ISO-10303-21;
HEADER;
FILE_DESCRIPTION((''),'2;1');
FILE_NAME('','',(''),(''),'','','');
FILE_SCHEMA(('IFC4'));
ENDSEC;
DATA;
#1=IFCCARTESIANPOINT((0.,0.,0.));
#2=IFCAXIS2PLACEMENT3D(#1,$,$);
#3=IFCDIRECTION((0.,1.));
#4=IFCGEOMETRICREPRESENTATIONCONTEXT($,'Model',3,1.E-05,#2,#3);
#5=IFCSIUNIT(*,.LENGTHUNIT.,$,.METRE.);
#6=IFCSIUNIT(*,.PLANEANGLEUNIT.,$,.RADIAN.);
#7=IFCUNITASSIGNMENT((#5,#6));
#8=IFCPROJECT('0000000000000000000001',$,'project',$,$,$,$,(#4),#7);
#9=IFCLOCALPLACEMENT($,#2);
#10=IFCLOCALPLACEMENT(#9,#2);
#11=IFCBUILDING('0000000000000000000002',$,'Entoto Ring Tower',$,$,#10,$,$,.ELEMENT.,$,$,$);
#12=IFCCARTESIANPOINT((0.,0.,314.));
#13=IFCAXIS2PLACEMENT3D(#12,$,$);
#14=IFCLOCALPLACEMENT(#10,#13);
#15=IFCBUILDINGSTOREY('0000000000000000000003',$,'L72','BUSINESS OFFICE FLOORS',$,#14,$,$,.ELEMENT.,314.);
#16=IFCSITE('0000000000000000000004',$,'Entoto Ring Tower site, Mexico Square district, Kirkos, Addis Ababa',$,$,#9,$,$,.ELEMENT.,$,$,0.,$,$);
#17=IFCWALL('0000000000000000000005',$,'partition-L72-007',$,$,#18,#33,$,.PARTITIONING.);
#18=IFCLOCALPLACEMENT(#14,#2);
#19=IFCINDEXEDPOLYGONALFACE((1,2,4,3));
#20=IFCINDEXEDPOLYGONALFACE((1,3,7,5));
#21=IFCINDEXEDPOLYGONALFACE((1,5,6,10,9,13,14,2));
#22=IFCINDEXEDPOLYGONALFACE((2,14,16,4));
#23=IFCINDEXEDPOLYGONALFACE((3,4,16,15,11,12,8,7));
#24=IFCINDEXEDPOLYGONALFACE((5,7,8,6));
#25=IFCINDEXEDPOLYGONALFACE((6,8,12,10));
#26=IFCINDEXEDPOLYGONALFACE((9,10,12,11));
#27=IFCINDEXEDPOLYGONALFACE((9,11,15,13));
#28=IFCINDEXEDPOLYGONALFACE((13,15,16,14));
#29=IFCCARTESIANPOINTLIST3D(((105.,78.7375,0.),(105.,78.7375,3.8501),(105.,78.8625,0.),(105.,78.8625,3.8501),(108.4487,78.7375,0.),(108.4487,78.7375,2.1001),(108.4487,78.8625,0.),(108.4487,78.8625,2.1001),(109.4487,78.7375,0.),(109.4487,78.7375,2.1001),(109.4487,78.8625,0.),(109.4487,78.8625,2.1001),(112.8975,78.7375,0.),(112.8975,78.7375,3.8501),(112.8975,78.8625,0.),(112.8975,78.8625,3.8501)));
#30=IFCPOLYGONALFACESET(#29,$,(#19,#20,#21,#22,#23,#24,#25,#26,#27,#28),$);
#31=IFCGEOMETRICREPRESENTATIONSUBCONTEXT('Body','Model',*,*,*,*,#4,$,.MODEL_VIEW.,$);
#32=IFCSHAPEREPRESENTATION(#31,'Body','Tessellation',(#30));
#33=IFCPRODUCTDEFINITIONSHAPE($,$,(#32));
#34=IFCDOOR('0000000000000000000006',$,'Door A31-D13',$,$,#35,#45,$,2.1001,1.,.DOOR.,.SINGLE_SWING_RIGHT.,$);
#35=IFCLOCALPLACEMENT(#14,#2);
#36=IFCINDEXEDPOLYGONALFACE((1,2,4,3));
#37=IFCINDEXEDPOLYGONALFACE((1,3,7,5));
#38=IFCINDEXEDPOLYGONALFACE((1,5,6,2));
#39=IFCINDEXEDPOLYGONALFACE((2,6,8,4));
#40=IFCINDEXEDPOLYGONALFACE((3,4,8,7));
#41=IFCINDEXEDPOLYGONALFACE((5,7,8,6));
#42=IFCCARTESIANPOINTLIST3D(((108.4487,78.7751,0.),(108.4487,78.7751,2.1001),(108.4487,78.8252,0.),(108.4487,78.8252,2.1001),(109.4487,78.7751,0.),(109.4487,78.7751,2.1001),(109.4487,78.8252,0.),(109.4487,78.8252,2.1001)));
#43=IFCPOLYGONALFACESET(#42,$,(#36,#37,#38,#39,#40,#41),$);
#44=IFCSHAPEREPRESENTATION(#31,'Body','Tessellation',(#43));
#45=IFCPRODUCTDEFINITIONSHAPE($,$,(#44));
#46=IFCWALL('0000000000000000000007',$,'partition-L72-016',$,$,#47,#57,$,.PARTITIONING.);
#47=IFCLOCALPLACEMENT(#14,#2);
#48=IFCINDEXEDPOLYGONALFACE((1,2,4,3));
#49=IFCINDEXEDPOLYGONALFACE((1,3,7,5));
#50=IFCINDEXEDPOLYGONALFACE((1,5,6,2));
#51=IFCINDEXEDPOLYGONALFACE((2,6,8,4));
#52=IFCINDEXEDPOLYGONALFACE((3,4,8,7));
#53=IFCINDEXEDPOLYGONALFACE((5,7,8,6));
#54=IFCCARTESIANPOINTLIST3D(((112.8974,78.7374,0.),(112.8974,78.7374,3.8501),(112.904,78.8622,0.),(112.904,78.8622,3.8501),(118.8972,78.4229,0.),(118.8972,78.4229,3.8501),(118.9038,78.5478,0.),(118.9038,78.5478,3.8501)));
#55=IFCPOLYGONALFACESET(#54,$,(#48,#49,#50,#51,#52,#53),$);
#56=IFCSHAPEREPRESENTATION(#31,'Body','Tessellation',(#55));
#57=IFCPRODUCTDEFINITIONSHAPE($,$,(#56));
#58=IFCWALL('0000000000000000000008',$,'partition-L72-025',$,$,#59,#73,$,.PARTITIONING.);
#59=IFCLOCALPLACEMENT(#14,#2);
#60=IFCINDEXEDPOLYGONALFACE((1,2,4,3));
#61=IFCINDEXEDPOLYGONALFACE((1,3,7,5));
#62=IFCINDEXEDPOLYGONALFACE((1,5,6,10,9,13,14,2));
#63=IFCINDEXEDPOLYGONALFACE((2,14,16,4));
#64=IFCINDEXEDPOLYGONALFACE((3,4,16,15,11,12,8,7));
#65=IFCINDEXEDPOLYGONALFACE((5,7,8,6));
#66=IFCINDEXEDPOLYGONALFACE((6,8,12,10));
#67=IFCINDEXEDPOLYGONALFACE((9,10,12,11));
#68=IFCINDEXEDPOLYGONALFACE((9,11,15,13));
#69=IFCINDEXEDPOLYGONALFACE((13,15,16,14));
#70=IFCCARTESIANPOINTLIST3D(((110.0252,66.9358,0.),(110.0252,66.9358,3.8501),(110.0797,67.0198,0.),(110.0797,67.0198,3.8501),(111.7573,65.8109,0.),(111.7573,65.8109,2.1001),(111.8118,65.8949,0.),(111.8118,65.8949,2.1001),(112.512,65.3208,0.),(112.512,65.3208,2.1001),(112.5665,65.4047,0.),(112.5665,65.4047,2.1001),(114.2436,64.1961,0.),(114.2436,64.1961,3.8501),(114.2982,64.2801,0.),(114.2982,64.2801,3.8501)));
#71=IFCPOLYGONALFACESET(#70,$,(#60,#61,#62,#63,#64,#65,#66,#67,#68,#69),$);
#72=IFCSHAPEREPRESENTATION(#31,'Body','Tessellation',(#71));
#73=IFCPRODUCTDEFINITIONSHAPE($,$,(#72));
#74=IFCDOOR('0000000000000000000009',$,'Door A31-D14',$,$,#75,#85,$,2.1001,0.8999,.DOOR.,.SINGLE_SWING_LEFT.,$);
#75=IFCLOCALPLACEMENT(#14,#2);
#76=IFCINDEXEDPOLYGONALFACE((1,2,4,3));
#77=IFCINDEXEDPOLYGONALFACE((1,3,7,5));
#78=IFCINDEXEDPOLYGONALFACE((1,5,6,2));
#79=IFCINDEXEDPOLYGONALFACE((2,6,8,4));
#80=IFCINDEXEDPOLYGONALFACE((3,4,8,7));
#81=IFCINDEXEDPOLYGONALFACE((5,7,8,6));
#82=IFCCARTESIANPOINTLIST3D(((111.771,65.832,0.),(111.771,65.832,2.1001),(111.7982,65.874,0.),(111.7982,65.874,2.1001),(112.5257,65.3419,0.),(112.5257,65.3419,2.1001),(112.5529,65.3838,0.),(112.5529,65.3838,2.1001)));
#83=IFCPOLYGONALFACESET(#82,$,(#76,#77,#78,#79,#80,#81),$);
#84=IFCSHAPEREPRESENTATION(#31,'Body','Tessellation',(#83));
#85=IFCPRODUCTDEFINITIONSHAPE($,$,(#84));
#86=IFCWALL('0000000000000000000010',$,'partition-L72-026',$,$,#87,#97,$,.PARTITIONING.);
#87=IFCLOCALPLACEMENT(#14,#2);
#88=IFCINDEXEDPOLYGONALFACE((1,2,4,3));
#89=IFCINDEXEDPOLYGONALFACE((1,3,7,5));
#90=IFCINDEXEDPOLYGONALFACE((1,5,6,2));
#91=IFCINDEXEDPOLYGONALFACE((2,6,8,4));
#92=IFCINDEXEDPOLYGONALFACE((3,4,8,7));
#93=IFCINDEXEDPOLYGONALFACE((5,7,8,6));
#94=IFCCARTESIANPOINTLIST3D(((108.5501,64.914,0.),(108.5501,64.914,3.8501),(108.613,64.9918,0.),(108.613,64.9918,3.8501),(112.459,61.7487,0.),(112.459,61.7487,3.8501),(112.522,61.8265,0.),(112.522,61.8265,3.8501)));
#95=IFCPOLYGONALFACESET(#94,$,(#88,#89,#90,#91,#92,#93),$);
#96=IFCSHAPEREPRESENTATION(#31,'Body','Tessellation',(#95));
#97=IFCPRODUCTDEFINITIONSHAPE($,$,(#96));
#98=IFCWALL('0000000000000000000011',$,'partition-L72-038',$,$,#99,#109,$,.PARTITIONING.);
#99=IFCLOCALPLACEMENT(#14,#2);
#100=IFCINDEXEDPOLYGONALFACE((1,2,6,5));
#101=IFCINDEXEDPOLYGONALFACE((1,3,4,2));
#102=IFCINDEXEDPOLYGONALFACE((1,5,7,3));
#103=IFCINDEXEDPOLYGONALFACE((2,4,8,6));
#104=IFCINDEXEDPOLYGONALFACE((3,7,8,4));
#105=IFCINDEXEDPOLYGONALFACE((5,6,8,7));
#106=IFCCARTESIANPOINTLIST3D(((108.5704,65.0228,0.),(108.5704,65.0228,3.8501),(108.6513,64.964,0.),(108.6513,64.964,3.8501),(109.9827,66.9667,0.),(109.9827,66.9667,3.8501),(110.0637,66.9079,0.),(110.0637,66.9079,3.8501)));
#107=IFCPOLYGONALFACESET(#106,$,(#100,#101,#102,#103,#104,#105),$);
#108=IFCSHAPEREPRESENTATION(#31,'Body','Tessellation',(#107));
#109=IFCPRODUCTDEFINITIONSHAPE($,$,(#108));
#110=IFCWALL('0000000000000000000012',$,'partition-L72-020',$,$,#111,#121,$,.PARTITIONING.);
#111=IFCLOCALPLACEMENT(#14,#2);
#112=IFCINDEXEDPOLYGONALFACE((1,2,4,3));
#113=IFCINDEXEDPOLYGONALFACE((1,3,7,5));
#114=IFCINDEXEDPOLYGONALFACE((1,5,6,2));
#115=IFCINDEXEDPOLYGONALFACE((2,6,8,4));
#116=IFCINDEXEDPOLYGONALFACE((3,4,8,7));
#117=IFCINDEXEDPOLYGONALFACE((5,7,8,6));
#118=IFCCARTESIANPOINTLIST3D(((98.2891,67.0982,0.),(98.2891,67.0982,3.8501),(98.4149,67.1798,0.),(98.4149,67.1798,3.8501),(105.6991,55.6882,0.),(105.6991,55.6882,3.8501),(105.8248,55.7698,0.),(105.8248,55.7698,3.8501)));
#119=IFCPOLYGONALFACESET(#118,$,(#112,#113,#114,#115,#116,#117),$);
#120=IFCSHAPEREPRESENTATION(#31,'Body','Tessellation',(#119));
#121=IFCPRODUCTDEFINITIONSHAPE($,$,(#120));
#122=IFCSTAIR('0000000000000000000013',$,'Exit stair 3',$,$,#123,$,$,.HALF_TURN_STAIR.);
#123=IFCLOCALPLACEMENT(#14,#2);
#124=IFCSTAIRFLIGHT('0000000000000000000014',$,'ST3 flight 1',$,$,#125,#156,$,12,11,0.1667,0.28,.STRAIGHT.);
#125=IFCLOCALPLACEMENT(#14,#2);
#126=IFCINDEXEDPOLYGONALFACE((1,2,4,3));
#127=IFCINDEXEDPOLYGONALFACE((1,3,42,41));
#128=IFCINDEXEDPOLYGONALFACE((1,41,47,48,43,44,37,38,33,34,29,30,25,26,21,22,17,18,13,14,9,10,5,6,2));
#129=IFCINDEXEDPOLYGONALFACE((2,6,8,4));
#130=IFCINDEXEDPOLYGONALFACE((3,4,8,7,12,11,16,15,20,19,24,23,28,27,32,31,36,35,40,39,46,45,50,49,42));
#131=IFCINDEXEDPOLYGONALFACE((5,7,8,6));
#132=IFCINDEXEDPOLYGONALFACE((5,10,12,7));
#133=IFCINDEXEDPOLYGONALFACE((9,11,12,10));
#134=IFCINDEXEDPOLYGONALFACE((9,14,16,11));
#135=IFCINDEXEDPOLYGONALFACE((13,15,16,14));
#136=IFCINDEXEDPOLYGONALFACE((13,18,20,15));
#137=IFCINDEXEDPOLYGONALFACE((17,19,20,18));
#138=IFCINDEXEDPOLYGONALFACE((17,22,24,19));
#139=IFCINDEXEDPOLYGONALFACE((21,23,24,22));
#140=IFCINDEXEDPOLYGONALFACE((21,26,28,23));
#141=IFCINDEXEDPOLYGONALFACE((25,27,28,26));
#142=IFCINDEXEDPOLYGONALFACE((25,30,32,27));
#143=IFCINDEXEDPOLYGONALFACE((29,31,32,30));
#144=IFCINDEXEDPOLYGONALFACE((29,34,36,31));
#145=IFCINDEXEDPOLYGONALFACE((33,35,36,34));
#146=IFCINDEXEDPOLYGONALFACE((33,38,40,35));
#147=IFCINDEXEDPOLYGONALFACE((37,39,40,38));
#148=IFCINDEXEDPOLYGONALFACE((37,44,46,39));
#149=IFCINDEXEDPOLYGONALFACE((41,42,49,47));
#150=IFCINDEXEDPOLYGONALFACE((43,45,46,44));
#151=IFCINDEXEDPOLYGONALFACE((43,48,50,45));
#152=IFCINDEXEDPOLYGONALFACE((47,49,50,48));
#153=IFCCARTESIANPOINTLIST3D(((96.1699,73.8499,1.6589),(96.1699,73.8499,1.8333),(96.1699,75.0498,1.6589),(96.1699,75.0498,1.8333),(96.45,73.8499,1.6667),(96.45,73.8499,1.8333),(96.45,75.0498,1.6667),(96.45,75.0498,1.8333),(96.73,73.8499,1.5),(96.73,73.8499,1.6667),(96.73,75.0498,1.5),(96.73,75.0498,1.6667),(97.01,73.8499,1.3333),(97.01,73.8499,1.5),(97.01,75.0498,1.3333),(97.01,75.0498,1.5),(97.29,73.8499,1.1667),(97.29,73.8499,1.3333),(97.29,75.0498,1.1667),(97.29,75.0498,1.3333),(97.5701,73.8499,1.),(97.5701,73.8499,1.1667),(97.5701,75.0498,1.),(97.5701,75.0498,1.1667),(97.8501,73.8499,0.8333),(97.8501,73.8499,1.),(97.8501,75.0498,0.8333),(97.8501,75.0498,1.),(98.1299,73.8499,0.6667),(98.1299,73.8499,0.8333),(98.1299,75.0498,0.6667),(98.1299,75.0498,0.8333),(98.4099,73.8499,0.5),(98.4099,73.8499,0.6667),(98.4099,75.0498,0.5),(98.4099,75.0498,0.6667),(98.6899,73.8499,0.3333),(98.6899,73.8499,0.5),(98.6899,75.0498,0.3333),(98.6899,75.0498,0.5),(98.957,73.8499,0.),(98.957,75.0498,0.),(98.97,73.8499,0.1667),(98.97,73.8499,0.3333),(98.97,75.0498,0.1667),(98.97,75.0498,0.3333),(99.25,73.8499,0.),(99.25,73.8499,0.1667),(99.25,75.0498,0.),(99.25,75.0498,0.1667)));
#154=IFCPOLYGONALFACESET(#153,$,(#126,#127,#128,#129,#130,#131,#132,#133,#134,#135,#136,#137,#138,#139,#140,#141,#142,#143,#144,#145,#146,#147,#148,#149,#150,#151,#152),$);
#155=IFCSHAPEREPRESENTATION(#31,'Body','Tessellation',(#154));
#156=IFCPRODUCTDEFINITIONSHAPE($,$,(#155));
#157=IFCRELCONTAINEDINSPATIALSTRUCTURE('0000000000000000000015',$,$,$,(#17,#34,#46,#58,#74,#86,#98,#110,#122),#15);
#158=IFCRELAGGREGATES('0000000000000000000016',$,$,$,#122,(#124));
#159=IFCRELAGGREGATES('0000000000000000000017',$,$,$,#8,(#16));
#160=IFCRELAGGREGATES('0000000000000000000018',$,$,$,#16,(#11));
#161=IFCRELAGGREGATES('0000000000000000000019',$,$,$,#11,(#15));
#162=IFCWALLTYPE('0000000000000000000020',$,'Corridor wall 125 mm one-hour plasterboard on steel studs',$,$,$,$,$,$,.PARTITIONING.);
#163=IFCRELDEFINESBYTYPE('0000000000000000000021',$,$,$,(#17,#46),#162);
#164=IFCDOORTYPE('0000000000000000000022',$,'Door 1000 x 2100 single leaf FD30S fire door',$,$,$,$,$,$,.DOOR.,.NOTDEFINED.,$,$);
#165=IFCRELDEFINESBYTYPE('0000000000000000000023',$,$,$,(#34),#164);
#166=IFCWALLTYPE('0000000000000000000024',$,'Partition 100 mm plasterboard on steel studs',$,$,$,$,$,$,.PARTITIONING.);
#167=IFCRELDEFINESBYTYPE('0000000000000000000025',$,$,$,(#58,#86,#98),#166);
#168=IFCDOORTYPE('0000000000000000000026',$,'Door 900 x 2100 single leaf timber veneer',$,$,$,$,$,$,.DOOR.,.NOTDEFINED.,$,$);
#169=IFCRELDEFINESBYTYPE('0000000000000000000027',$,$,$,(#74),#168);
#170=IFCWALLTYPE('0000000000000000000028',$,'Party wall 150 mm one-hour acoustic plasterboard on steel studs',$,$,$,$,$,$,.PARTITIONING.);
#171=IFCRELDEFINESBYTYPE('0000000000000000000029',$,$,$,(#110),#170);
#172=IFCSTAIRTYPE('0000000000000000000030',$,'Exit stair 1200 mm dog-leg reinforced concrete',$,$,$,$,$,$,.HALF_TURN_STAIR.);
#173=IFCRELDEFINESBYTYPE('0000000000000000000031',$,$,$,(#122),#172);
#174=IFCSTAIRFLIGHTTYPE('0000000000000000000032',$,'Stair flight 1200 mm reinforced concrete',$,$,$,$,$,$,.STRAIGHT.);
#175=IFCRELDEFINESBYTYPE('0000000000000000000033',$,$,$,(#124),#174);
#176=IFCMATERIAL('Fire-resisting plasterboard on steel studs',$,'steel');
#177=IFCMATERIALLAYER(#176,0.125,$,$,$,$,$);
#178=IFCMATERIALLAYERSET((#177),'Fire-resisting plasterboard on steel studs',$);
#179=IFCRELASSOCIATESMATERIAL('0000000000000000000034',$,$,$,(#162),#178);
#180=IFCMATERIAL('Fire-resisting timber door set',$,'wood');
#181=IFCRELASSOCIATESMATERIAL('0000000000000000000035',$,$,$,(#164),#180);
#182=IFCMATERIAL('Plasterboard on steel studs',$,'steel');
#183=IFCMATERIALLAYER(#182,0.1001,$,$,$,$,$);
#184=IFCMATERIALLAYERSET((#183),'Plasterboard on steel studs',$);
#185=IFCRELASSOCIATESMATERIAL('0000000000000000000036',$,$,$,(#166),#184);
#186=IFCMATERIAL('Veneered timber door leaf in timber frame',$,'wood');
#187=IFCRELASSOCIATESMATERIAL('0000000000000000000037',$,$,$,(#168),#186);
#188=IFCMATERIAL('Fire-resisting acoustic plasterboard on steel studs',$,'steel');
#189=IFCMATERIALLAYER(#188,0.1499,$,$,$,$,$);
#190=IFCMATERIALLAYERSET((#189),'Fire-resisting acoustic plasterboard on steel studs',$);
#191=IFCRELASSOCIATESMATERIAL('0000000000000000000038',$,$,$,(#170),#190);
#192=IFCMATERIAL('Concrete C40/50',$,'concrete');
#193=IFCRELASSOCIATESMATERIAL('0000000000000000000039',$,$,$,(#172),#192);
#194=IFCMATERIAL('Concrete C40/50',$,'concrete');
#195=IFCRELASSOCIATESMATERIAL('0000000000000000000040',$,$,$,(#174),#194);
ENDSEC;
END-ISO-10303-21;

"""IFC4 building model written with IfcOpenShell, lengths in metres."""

from ifc_helpers import new_model, si_unit, direction, frame, frame_2d, origin, place, context, subcontext, project, spatial, polyline, rectangle, outline, extrude, material, layer, layer_set, type_object, element, fill, aggregate, save


model = new_model("IFC4")

# Units and contexts
model_context = context("Model", 3, precision=1e-05, world=origin(), true_north=direction((0.0, 1.0)))
body_context = subcontext(model_context, "Body", "Model", "MODEL_VIEW")
ifc_project = project(units=[si_unit("LENGTHUNIT", "METRE"), si_unit("PLANEANGLEUNIT", "RADIAN")], contexts=[model_context])

# Site, building, storey
site_placement = place(None, origin())
site = spatial("IfcSite", under=ifc_project, at=site_placement, Name="Entoto Ring Tower site, Mexico Square district, Kirkos, Addis Ababa", CompositionType="ELEMENT", RefElevation=0.0)
building_placement = place(site_placement, origin())
building = spatial("IfcBuilding", under=site, at=building_placement, Name="Entoto Ring Tower", CompositionType="ELEMENT")
storey_placement = place(building_placement, frame((0.0, 0.0, 314.0)))
storey = spatial("IfcBuildingStorey", under=building, at=storey_placement, Name="L72", Description="BUSINESS OFFICE FLOORS", CompositionType="ELEMENT", Elevation=314.0)

# Wall, opening, door
ifc_material_1 = material(Name="Fire-resisting plasterboard on steel studs", Category="steel")
ifc_layer_1 = layer(ifc_material_1, 0.125)
ifc_layer_set_1 = layer_set([ifc_layer_1], Name="Fire-resisting plasterboard on steel studs")
wall_type_1 = type_object("IfcWallType", Name="Corridor wall 125 mm one-hour plasterboard on steel studs", PredefinedType="PARTITIONING", material=ifc_layer_set_1)
wall_1_placement = place(storey_placement, frame((105.0, 78.8, 0.0), z_axis=(0.0, 0.0, 1.0), x_axis=(1.0, 0.0, 0.0)))
wall_1 = element("IfcWall", 1, at=wall_1_placement, inside=storey, type_object=wall_type_1, Name="partition-L72-007", PredefinedType="PARTITIONING", context=body_context, shape_type="SweptSolid", body=[
    extrude(rectangle(XDim=7.8975, YDim=0.125, at=frame_2d((3.9487, 0.0))), origin(), (0.0, 0.0, 1.0), 3.8501),
])
opening_1_placement = place(wall_1_placement, frame((3.4487, 0.0, 0.0)))
opening_1 = element("IfcOpeningElement", 2, at=opening_1_placement, cuts=wall_1, PredefinedType="OPENING", context=body_context, shape_type="SweptSolid", body=[
    extrude(rectangle(XDim=1.0, YDim=2.1001, at=frame_2d((0.5, 1.05))), frame((0.0, 0.0725, 0.0), z_axis=(0.0, -1.0, 0.0), x_axis=(1.0, 0.0, 0.0)), (0.0, 0.0, 1.0), 0.145),
])
ifc_material_2 = material(Name="Fire-resisting timber door set", Category="wood")
door_type_1 = type_object("IfcDoorType", Name="Door 1000 x 2100 single leaf FD30S fire door", OperationType="NOTDEFINED", PredefinedType="DOOR", material=ifc_material_2)
door_1_placement = place(opening_1_placement, frame((1.0, 0.0, 0.0), z_axis=(0.0, 0.0, 1.0), x_axis=(-1.0, 0.0, 0.0)))
door_1 = element("IfcDoor", 3, at=door_1_placement, inside=storey, type_object=door_type_1, Name="Door A31-D13", OperationType="SINGLE_SWING_RIGHT", OverallHeight=2.1001, OverallWidth=1.0, PredefinedType="DOOR", context=body_context, shape_type="SweptSolid", body=[
    extrude(rectangle(XDim=1.0, YDim=2.1001, at=frame_2d((0.5, 1.05))), frame((0.0, 0.0249, 0.0), z_axis=(0.0, -1.0, 0.0), x_axis=(1.0, 0.0, 0.0)), (0.0, 0.0, 1.0), 0.05),
])
fill(opening_1, door_1)

# Wall
wall_2_placement = place(storey_placement, frame((118.9004, 78.4854, 0.0), z_axis=(0.0, 0.0, 1.0), x_axis=(-0.998629, 0.052339, 0.0)))
element("IfcWall", 4, at=wall_2_placement, inside=storey, type_object=wall_type_1, Name="partition-L72-016", PredefinedType="PARTITIONING", context=body_context, shape_type="SweptSolid", body=[
    extrude(rectangle(XDim=6.0081, YDim=0.125, at=frame_2d((3.0039, 0.0))), origin(), (0.0, 0.0, 1.0), 3.8501),
])

# Wall, opening, door
ifc_material_3 = material(Name="Plasterboard on steel studs", Category="steel")
ifc_layer_2 = layer(ifc_material_3, 0.1001)
ifc_layer_set_2 = layer_set([ifc_layer_2], Name="Plasterboard on steel studs")
wall_type_2 = type_object("IfcWallType", Name="Partition 100 mm plasterboard on steel studs", PredefinedType="PARTITIONING", material=ifc_layer_set_2)
wall_3_placement = place(storey_placement, frame((114.271, 64.238, 0.0), z_axis=(0.0, 0.0, 1.0), x_axis=(-0.838651, 0.544669, 0.0)))
wall_3 = element("IfcWall", 5, at=wall_3_placement, inside=storey, type_object=wall_type_2, Name="partition-L72-025", PredefinedType="PARTITIONING", context=body_context, shape_type="SweptSolid", body=[
    extrude(rectangle(XDim=5.03, YDim=0.1001, at=frame_2d((2.5151, 0.0))), origin(), (0.0, 0.0, 1.0), 3.8501),
])
opening_2_placement = place(wall_3_placement, frame((2.0649, 0.0, 0.0)))
opening_2 = element("IfcOpeningElement", 6, at=opening_2_placement, cuts=wall_3, PredefinedType="OPENING", context=body_context, shape_type="SweptSolid", body=[
    extrude(rectangle(XDim=0.8999, YDim=2.1001, at=frame_2d((0.45, 1.05))), frame((0.0, 0.0601, 0.0), z_axis=(0.0, -1.0, 0.0), x_axis=(1.0, 0.0, 0.0)), (0.0, 0.0, 1.0), 0.1201),
])
ifc_material_4 = material(Name="Veneered timber door leaf in timber frame", Category="wood")
door_type_2 = type_object("IfcDoorType", Name="Door 900 x 2100 single leaf timber veneer", OperationType="NOTDEFINED", PredefinedType="DOOR", material=ifc_material_4)
door_2_placement = place(opening_2_placement, origin())
door_2 = element("IfcDoor", 7, at=door_2_placement, inside=storey, type_object=door_type_2, Name="Door A31-D14", OperationType="SINGLE_SWING_LEFT", OverallHeight=2.1001, OverallWidth=0.8999, PredefinedType="DOOR", context=body_context, shape_type="SweptSolid", body=[
    extrude(rectangle(XDim=0.8999, YDim=2.1001, at=frame_2d((0.45, 1.05))), frame((0.0, 0.0249, 0.0), z_axis=(0.0, -1.0, 0.0), x_axis=(1.0, 0.0, 0.0)), (0.0, 0.0, 1.0), 0.05),
])
fill(opening_2, door_2)

# Walls
wall_4_placement = place(storey_placement, frame((112.4905, 61.7876, 0.0), z_axis=(0.0, 0.0, 1.0), x_axis=(-0.777157, 0.629307, 0.0)))
element("IfcWall", 8, at=wall_4_placement, inside=storey, type_object=wall_type_2, Name="partition-L72-026", PredefinedType="PARTITIONING", context=body_context, shape_type="SweptSolid", body=[
    extrude(rectangle(XDim=5.0298, YDim=0.1001, at=frame_2d((2.5149, 0.0))), origin(), (0.0, 0.0, 1.0), 3.8501),
])
wall_5_placement = place(storey_placement, frame((108.6108, 64.9934, 0.0), z_axis=(0.0, 0.0, 1.0), x_axis=(0.587803, 0.809004, 0.0)))
element("IfcWall", 9, at=wall_5_placement, inside=storey, type_object=wall_type_2, Name="partition-L72-038", PredefinedType="PARTITIONING", context=body_context, shape_type="SweptSolid", body=[
    extrude(rectangle(XDim=2.4028, YDim=0.1001, at=frame_2d((1.2014, 0.0))), origin(), (0.0, 0.0, 1.0), 3.8501),
])
ifc_material_5 = material(Name="Fire-resisting acoustic plasterboard on steel studs", Category="steel")
ifc_layer_3 = layer(ifc_material_5, 0.1499)
ifc_layer_set_3 = layer_set([ifc_layer_3], Name="Fire-resisting acoustic plasterboard on steel studs")
wall_type_3 = type_object("IfcWallType", Name="Party wall 150 mm one-hour acoustic plasterboard on steel studs", PredefinedType="PARTITIONING", material=ifc_layer_set_3)
wall_6_placement = place(storey_placement, frame((105.762, 55.729, 0.0), z_axis=(0.0, 0.0, 1.0), x_axis=(-0.544651, 0.838663, 0.0)))
element("IfcWall", 10, at=wall_6_placement, inside=storey, type_object=wall_type_3, Name="partition-L72-020", PredefinedType="PARTITIONING", context=body_context, shape_type="SweptSolid", body=[
    extrude(rectangle(XDim=13.605, YDim=0.1499, at=frame_2d((6.8025, 0.0))), origin(), (0.0, 0.0, 1.0), 3.8501),
])

# Stair, stair flight
ifc_material_6 = material(Name="Concrete C40/50", Category="concrete")
stair_type = type_object("IfcStairType", Name="Exit stair 1200 mm dog-leg reinforced concrete", PredefinedType="HALF_TURN_STAIR", material=ifc_material_6)
stair_placement = place(storey_placement, origin())
stair = element("IfcStair", 11, at=stair_placement, inside=storey, type_object=stair_type, Name="Exit stair 3", PredefinedType="HALF_TURN_STAIR")
ifc_material_7 = material(Name="Concrete C40/50", Category="concrete")
stair_flight_type = type_object("IfcStairFlightType", Name="Stair flight 1200 mm reinforced concrete", PredefinedType="STRAIGHT", material=ifc_material_7)
stair_flight_placement = place(storey_placement, frame((99.25, 74.45, 0.0), z_axis=(0.0, 0.0, 1.0), x_axis=(-1.0, 0.0, 0.0)))
stair_flight = element("IfcStairFlight", 12, at=stair_flight_placement, type_object=stair_flight_type, Name="ST3 flight 1", NumberOfRisers=12, NumberOfTreads=11, PredefinedType="STRAIGHT", RiserHeight=0.1667, TreadLength=0.28, context=body_context, shape_type="SweptSolid", body=[
    extrude(outline(polyline([(0.0, 0.0), (0.0, 0.1667), (0.28, 0.1667), (0.28, 0.3333), (0.5601, 0.3333), (0.5601, 0.5), (0.8401, 0.5), (0.8401, 0.6667), (1.1201, 0.6667), (1.1201, 0.8333), (1.3999, 0.8333), (1.3999, 1.0), (1.6799, 1.0), (1.6799, 1.1667), (1.96, 1.1667), (1.96, 1.3333), (2.24, 1.3333), (2.24, 1.5), (2.52, 1.5), (2.52, 1.6667), (2.8, 1.6667), (2.8, 1.8333), (3.0801, 1.8333), (3.0801, 2.0), (3.0801, 1.6589), (0.293, 0.0), (0.0, 0.0)])), frame((0.0, 0.6001, 0.0), z_axis=(0.0, -1.0, 0.0), x_axis=(1.0, 0.0, 0.0)), (0.0, 0.0, 1.0), 1.2),
])
aggregate(stair, [stair_flight])

save(model, "model.ifc")
